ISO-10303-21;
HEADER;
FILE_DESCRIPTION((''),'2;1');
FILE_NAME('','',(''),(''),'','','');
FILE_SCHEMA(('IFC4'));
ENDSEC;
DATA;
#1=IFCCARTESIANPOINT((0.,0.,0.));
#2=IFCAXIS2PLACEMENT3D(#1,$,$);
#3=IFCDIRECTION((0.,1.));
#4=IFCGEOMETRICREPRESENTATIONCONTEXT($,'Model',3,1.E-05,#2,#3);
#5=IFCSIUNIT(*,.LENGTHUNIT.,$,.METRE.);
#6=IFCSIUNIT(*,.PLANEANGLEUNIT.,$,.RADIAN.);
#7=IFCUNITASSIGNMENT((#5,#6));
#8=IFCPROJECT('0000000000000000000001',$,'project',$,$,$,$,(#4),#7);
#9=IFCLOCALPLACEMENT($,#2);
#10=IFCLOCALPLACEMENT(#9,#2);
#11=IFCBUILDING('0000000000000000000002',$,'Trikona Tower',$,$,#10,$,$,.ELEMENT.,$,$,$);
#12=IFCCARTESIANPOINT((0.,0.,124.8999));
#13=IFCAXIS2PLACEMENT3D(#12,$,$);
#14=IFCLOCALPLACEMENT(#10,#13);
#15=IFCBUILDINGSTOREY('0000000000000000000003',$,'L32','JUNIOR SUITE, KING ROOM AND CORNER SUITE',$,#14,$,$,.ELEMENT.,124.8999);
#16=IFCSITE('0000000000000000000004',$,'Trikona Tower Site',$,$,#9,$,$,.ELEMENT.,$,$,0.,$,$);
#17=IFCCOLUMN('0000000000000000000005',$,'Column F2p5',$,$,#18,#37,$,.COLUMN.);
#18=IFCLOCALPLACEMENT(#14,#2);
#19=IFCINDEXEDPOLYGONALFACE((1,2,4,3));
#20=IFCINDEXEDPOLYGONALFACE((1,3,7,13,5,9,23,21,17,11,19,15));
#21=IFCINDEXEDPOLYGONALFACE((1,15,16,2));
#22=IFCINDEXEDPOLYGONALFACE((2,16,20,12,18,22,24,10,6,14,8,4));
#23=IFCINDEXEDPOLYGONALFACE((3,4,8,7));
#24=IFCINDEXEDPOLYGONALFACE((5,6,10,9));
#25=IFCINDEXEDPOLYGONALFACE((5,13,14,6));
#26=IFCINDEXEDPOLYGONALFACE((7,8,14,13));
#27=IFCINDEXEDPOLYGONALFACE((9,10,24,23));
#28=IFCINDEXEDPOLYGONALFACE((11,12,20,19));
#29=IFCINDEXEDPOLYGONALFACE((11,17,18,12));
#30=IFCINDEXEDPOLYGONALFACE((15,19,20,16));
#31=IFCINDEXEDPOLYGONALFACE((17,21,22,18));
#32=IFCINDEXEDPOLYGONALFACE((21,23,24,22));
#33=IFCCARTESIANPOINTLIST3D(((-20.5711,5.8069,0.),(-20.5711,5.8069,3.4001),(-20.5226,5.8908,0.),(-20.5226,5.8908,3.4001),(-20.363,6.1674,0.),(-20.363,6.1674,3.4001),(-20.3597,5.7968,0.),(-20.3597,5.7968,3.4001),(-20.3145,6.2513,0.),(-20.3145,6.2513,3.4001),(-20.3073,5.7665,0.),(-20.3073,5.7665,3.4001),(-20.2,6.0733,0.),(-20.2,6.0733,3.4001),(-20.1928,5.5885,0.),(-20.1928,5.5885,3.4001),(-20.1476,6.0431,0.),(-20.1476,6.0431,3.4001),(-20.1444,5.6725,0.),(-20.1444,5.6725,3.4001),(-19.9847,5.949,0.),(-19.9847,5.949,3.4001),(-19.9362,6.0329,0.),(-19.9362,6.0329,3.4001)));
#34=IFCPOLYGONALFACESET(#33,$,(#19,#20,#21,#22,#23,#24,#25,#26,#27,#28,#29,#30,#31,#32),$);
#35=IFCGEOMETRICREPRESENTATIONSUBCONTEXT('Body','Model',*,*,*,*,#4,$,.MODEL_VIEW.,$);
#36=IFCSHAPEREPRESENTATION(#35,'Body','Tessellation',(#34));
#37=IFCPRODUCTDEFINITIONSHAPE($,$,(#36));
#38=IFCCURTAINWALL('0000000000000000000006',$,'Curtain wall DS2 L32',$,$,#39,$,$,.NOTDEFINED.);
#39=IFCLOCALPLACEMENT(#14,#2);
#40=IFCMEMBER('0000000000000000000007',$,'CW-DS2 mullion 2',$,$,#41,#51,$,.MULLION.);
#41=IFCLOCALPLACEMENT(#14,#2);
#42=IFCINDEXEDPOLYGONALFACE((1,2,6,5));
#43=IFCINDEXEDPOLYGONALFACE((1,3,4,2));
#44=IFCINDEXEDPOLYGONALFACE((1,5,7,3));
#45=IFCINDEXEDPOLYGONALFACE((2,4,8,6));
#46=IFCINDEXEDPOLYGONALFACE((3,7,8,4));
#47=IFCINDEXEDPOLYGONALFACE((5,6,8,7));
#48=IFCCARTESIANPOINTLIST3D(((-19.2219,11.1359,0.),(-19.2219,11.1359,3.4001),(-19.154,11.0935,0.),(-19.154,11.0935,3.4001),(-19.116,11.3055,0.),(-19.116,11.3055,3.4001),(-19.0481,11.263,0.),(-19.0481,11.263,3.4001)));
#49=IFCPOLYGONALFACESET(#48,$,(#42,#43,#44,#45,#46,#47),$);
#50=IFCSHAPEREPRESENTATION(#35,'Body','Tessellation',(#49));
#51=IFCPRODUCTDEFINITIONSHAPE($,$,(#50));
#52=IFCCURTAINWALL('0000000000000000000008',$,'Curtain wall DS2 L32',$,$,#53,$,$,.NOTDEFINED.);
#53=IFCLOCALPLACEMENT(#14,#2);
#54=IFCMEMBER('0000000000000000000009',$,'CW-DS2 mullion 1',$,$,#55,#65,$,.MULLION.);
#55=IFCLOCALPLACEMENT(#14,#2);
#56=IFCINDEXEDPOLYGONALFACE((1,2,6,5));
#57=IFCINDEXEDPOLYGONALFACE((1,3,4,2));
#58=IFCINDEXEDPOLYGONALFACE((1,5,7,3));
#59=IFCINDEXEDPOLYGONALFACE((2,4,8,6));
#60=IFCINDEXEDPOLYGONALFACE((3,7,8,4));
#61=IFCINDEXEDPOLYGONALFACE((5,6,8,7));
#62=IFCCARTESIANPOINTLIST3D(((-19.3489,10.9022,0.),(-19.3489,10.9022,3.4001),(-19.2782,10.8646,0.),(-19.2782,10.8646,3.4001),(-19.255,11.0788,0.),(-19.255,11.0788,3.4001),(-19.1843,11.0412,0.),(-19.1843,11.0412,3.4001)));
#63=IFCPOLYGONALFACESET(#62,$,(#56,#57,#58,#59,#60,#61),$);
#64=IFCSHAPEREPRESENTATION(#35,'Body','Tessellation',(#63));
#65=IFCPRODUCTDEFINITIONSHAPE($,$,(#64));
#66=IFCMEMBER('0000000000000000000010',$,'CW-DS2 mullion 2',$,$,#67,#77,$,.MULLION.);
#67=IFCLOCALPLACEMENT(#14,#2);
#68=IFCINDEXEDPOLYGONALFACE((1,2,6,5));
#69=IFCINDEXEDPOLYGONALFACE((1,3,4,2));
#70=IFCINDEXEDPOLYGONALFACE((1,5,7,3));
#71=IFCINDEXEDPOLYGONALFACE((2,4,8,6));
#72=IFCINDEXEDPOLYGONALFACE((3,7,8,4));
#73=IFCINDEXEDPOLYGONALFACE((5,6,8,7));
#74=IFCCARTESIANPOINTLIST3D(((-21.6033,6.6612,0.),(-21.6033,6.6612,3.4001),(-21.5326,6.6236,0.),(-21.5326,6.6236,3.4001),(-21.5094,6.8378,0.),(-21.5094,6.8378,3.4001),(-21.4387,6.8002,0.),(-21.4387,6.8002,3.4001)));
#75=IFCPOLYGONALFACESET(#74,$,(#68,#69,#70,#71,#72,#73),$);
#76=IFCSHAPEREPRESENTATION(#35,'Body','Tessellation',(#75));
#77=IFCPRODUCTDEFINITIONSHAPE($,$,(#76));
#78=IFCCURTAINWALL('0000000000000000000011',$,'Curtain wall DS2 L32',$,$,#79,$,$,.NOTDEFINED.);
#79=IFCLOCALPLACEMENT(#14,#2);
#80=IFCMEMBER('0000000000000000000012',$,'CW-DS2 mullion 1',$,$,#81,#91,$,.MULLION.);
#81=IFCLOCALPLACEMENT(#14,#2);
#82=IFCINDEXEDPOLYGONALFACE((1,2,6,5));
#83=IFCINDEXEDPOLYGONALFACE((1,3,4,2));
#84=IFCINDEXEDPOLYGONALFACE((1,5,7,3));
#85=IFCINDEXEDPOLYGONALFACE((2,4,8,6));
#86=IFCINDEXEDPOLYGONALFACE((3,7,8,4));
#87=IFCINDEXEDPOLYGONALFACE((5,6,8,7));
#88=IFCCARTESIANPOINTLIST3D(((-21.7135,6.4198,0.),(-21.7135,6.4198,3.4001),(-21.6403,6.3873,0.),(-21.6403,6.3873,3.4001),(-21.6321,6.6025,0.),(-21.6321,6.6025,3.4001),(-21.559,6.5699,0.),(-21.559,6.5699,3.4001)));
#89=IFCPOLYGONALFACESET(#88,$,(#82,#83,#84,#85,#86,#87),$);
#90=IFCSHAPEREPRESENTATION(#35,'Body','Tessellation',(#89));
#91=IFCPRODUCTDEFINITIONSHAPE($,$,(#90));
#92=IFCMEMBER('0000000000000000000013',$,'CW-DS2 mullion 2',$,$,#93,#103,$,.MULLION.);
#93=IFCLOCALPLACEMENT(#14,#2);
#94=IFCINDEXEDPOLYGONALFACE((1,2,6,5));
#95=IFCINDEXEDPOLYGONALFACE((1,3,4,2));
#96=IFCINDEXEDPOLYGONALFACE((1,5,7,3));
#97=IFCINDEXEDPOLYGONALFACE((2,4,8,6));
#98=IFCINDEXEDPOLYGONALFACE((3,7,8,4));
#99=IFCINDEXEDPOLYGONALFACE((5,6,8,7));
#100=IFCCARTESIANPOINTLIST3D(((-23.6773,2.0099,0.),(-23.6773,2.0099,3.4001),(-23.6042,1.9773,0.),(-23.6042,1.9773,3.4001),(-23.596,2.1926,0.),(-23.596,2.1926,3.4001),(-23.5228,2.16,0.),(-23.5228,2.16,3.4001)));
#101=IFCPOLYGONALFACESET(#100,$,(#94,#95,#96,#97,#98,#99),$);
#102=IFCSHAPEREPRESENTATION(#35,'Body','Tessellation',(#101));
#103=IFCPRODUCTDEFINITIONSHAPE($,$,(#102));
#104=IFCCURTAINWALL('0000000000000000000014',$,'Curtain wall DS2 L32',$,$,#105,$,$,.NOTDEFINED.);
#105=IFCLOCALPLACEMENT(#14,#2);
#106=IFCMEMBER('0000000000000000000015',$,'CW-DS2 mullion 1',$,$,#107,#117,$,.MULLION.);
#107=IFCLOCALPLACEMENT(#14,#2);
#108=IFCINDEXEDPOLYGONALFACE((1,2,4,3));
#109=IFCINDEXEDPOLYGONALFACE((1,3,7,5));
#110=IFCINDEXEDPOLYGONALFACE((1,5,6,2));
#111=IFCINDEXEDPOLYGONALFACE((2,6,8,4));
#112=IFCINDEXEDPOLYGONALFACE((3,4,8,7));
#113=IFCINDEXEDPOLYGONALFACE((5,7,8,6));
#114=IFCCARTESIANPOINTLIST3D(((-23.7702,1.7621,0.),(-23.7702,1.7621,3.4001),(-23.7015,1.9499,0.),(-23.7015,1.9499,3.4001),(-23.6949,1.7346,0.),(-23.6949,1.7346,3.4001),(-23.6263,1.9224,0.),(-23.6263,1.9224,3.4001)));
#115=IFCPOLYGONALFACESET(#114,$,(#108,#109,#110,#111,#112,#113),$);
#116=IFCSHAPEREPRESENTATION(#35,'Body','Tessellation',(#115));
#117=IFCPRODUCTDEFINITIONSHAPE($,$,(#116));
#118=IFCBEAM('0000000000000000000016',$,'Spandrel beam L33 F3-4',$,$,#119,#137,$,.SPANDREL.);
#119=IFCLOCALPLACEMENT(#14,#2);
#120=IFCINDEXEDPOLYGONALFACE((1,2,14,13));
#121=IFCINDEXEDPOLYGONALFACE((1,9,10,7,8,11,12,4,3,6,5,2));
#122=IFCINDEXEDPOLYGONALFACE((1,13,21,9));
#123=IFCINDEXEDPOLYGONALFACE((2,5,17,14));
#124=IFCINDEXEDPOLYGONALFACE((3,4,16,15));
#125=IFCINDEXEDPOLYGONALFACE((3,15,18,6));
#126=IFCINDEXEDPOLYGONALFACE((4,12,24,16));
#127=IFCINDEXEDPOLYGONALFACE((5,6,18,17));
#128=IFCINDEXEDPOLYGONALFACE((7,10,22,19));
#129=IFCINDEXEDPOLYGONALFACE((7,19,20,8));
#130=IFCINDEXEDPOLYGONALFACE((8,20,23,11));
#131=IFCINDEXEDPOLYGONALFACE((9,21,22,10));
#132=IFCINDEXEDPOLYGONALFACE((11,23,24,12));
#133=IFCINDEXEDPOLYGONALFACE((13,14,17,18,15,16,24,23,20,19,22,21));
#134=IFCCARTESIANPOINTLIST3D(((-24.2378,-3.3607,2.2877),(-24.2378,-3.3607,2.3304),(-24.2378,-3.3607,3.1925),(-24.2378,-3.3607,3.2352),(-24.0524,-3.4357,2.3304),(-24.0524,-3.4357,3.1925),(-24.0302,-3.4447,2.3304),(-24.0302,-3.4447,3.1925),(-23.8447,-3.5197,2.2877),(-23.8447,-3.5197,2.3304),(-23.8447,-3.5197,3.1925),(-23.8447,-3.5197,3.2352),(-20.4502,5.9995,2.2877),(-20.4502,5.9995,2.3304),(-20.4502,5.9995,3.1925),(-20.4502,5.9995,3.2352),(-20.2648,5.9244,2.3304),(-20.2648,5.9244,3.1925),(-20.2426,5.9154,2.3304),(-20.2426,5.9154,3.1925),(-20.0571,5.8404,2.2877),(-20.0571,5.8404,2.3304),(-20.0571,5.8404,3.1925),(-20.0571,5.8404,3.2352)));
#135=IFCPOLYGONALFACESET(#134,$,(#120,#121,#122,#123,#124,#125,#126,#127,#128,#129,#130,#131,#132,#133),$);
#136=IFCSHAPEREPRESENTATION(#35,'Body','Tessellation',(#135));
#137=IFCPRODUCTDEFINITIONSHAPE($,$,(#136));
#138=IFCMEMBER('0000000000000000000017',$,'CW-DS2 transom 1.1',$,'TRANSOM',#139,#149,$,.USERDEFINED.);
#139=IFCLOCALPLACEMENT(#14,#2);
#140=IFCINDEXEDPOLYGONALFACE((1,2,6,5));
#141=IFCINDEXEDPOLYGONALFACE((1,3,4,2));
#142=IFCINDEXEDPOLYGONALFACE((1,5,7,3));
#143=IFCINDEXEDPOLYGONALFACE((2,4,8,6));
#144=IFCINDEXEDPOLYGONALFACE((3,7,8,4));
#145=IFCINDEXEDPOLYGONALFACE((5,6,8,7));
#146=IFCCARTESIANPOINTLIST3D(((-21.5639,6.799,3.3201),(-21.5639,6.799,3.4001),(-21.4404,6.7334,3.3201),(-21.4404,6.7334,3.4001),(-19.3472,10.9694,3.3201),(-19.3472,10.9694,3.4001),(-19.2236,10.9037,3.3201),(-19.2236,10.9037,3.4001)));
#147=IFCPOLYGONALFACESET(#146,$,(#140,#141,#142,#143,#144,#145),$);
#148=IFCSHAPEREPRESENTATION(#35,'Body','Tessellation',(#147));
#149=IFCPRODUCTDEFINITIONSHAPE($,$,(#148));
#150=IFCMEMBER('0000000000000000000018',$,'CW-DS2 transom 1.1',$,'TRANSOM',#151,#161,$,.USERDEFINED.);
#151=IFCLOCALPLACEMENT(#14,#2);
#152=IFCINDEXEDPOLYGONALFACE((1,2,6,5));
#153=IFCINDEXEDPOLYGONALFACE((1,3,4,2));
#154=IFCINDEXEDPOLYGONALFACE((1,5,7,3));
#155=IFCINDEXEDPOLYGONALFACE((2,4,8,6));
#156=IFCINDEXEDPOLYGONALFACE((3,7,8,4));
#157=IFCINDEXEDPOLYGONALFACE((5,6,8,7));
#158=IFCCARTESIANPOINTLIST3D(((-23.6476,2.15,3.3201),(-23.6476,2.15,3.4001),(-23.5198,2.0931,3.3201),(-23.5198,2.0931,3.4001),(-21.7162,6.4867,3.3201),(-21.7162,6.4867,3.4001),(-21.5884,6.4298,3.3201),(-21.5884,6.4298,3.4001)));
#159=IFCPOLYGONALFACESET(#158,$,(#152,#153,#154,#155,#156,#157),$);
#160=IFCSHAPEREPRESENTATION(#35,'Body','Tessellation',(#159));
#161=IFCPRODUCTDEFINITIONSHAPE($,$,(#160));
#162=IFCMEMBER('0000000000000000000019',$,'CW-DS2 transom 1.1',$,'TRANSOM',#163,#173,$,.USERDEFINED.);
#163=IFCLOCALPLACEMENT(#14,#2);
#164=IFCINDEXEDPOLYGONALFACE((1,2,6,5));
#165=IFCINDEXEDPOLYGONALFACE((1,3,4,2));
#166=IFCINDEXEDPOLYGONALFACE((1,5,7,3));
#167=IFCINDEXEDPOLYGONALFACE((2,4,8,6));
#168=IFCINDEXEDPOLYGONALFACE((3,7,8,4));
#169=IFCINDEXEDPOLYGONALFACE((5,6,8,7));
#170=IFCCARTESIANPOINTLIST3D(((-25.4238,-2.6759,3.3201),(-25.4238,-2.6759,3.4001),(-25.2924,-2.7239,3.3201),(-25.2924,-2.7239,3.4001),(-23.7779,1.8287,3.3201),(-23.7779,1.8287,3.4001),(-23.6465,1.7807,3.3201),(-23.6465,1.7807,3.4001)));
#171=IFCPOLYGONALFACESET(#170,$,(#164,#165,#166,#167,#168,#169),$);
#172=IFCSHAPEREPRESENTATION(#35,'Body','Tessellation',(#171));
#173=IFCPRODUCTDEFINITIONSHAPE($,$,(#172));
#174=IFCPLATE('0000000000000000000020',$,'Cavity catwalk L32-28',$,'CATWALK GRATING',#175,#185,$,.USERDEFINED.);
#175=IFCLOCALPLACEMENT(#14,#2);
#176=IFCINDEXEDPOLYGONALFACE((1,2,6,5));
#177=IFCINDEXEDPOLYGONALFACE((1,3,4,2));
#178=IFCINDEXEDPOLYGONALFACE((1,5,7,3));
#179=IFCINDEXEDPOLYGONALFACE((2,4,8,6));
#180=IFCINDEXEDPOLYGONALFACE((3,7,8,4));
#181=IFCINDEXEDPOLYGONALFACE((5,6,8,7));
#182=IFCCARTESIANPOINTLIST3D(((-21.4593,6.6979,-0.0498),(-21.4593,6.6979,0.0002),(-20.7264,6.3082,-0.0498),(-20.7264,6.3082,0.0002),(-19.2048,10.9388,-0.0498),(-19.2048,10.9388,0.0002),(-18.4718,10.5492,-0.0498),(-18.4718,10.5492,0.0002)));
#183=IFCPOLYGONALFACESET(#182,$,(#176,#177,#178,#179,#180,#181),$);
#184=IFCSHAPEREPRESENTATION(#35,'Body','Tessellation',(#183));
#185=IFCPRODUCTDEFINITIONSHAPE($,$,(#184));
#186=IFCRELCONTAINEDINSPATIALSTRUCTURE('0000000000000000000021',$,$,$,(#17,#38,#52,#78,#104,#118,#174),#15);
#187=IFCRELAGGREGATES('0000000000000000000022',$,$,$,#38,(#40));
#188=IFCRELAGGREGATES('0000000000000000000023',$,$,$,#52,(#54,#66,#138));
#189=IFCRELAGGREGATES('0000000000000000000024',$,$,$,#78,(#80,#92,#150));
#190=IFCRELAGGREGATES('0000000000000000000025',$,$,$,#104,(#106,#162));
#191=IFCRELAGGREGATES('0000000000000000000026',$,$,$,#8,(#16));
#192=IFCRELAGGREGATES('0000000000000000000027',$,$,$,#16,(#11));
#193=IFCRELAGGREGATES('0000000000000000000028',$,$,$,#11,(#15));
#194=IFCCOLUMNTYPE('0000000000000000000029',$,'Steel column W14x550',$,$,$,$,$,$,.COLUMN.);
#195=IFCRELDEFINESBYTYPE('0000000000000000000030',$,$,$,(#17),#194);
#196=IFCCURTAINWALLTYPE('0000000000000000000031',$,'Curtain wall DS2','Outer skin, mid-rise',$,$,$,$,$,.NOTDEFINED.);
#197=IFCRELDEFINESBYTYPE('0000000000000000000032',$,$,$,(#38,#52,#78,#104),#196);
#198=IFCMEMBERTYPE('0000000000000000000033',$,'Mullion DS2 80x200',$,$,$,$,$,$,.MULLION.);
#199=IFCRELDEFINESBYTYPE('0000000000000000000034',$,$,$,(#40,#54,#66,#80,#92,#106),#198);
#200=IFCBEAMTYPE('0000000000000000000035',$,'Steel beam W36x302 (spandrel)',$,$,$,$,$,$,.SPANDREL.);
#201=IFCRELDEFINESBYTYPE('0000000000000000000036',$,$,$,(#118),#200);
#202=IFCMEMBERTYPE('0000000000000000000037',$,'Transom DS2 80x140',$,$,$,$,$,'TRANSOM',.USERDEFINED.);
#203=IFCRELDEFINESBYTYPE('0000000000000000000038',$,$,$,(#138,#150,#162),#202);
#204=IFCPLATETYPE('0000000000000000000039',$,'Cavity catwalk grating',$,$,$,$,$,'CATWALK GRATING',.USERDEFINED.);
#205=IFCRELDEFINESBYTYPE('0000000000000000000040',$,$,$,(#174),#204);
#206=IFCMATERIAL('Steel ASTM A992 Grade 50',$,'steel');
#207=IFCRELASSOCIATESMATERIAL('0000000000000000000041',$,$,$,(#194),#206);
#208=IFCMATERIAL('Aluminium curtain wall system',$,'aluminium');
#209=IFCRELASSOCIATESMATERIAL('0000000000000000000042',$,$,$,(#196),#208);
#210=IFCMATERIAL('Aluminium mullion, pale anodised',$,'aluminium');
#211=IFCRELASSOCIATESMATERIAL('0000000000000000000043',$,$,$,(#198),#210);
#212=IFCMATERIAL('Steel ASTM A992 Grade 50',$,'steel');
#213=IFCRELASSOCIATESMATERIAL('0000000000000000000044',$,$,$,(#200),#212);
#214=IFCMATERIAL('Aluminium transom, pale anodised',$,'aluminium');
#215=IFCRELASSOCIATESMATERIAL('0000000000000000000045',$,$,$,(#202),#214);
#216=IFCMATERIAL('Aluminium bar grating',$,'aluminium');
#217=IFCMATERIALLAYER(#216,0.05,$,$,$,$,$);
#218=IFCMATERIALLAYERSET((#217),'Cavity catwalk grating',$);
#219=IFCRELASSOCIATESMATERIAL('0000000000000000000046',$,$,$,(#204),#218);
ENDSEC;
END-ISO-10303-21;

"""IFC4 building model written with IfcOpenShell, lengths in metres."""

from ifc_helpers import new_model, si_unit, direction, frame, origin, origin_2d, place, context, subcontext, project, spatial, rectangle, i_section, extrude, material, layer, layer_set, material_profile, profile_set, type_object, element, aggregate, save


model = new_model("IFC4")

# Units and contexts
model_context = context("Model", 3, precision=1e-05, world=origin(), true_north=direction((0.0, 1.0)))
body_context = subcontext(model_context, "Body", "Model", "MODEL_VIEW")
ifc_project = project(units=[si_unit("LENGTHUNIT", "METRE"), si_unit("PLANEANGLEUNIT", "RADIAN")], contexts=[model_context])

# Site, building, storey
site_placement = place(None, origin())
site = spatial("IfcSite", under=ifc_project, at=site_placement, Name="Trikona Tower Site", CompositionType="ELEMENT", RefElevation=0.0)
building_placement = place(site_placement, origin())
building = spatial("IfcBuilding", under=site, at=building_placement, Name="Trikona Tower", CompositionType="ELEMENT")
storey_placement = place(building_placement, frame((0.0, 0.0, 124.8999)))
storey = spatial("IfcBuildingStorey", under=building, at=storey_placement, Name="L32", Description="JUNIOR SUITE, KING ROOM AND CORNER SUITE", CompositionType="ELEMENT", Elevation=124.8999)

# Column
ifc_material_1 = material(Name="Steel ASTM A992 Grade 50", Category="steel")
ifc_material_profile_1 = material_profile(ifc_material_1, i_section(OverallWidth=0.4368, OverallDepth=0.5132, WebThickness=0.0605, FlangeThickness=0.0969, at=origin_2d()), Name="W14X550")
ifc_profile_set_1 = profile_set([ifc_material_profile_1], Name="Steel ASTM A992 Grade 50")
column_type = type_object("IfcColumnType", Name="Steel column W14x550", PredefinedType="COLUMN", material=ifc_profile_set_1)
column_placement = place(storey_placement, frame((-20.2537, 5.9199, 0.0), z_axis=(0.0, 0.0, 1.0), x_axis=(-0.866025, 0.5, 0.0)))
element("IfcColumn", 1, at=column_placement, inside=storey, type_object=column_type, Name="Column F2p5", PredefinedType="COLUMN", context=body_context, shape_type="SweptSolid", body=[
    extrude(i_section(OverallWidth=0.4368, OverallDepth=0.5132, WebThickness=0.0605, FlangeThickness=0.0969, at=origin_2d()), origin(), (0.0, 0.0, 1.0), 3.4001),
])

# Curtain wall, member
ifc_material_2 = material(Name="Aluminium curtain wall system", Category="aluminium")
curtain_wall_type = type_object("IfcCurtainWallType", Name="Curtain wall DS2", Description="Outer skin, mid-rise", PredefinedType="NOTDEFINED", material=ifc_material_2)
curtain_wall_1_placement = place(storey_placement, origin())
curtain_wall_1 = element("IfcCurtainWall", 2, at=curtain_wall_1_placement, inside=storey, type_object=curtain_wall_type, Name="Curtain wall DS2 L32", PredefinedType="NOTDEFINED")
ifc_material_3 = material(Name="Aluminium mullion, pale anodised", Category="aluminium")
ifc_material_profile_2 = material_profile(ifc_material_3, rectangle(XDim=0.0801, YDim=0.2, at=origin_2d()), Name="MUL-DS2")
ifc_profile_set_2 = profile_set([ifc_material_profile_2], Name="Aluminium mullion, pale anodised")
member_type_1 = type_object("IfcMemberType", Name="Mullion DS2 80x200", PredefinedType="MULLION", material=ifc_profile_set_2)
member_1_placement = place(storey_placement, frame((-19.135, 11.1995, 0.0), z_axis=(0.0, 0.0, 1.0), x_axis=(0.847998, -0.529999, 0.0)))
member_1 = element("IfcMember", 3, at=member_1_placement, type_object=member_type_1, Name="CW-DS2 mullion 2", PredefinedType="MULLION", context=body_context, shape_type="SweptSolid", body=[
    extrude(rectangle(XDim=0.0801, YDim=0.2, at=origin_2d()), origin(), (0.0, 0.0, 1.0), 3.4001),
])
aggregate(curtain_wall_1, [member_1])

# Curtain walls, members
curtain_wall_2_placement = place(storey_placement, origin())
curtain_wall_2 = element("IfcCurtainWall", 4, at=curtain_wall_2_placement, inside=storey, type_object=curtain_wall_type, Name="Curtain wall DS2 L32", PredefinedType="NOTDEFINED")
member_2_placement = place(storey_placement, frame((-19.2666, 10.9717, 0.0), z_axis=(0.0, 0.0, 1.0), x_axis=(0.882996, -0.46938, 0.0)))
member_2 = element("IfcMember", 5, at=member_2_placement, type_object=member_type_1, Name="CW-DS2 mullion 1", PredefinedType="MULLION", context=body_context, shape_type="SweptSolid", body=[
    extrude(rectangle(XDim=0.0801, YDim=0.2, at=origin_2d()), origin(), (0.0, 0.0, 1.0), 3.4001),
])
member_3_placement = place(storey_placement, frame((-21.521, 6.7307, 0.0), z_axis=(0.0, 0.0, 1.0), x_axis=(0.882996, -0.46938, 0.0)))
member_3 = element("IfcMember", 6, at=member_3_placement, type_object=member_type_1, Name="CW-DS2 mullion 2", PredefinedType="MULLION", context=body_context, shape_type="SweptSolid", body=[
    extrude(rectangle(XDim=0.0801, YDim=0.2, at=origin_2d()), origin(), (0.0, 0.0, 1.0), 3.4001),
])
curtain_wall_3_placement = place(storey_placement, origin())
curtain_wall_3 = element("IfcCurtainWall", 7, at=curtain_wall_3_placement, inside=storey, type_object=curtain_wall_type, Name="Curtain wall DS2 L32", PredefinedType="NOTDEFINED")
member_4_placement = place(storey_placement, frame((-21.6362, 6.4949, 0.0), z_axis=(0.0, 0.0, 1.0), x_axis=(0.913501, -0.406836, 0.0)))
member_4 = element("IfcMember", 8, at=member_4_placement, type_object=member_type_1, Name="CW-DS2 mullion 1", PredefinedType="MULLION", context=body_context, shape_type="SweptSolid", body=[
    extrude(rectangle(XDim=0.0801, YDim=0.2, at=origin_2d()), origin(), (0.0, 0.0, 1.0), 3.4001),
])
member_5_placement = place(storey_placement, frame((-23.6001, 2.085, 0.0), z_axis=(0.0, 0.0, 1.0), x_axis=(0.913501, -0.406836, 0.0)))
member_5 = element("IfcMember", 9, at=member_5_placement, type_object=member_type_1, Name="CW-DS2 mullion 2", PredefinedType="MULLION", context=body_context, shape_type="SweptSolid", body=[
    extrude(rectangle(XDim=0.0801, YDim=0.2, at=origin_2d()), origin(), (0.0, 0.0, 1.0), 3.4001),
])

# Curtain wall, member
curtain_wall_4_placement = place(storey_placement, origin())
curtain_wall_4 = element("IfcCurtainWall", 10, at=curtain_wall_4_placement, inside=storey, type_object=curtain_wall_type, Name="Curtain wall DS2 L32", PredefinedType="NOTDEFINED")
member_6_placement = place(storey_placement, frame((-23.6982, 1.8423, 0.0), z_axis=(0.0, 0.0, 1.0), x_axis=(0.939254, -0.343223, 0.0)))
member_6 = element("IfcMember", 11, at=member_6_placement, type_object=member_type_1, Name="CW-DS2 mullion 1", PredefinedType="MULLION", context=body_context, shape_type="SweptSolid", body=[
    extrude(rectangle(XDim=0.0801, YDim=0.2, at=origin_2d()), origin(), (0.0, 0.0, 1.0), 3.4001),
])

# Beam
ifc_material_4 = material(Name="Steel ASTM A992 Grade 50", Category="steel")
ifc_material_profile_3 = material_profile(ifc_material_4, i_section(OverallWidth=0.4241, OverallDepth=0.9475, WebThickness=0.0239, FlangeThickness=0.0427, at=origin_2d()), Name="W36X302")
ifc_profile_set_3 = profile_set([ifc_material_profile_3], Name="Steel ASTM A992 Grade 50")
beam_type = type_object("IfcBeamType", Name="Steel beam W36x302 (spandrel)", PredefinedType="SPANDREL", material=ifc_profile_set_3)
beam_placement = place(storey_placement, frame((-20.2537, 5.9199, 2.7615), z_axis=(-0.375106, -0.926982, 0.0), x_axis=(0.926982, -0.375106, 0.0)))
element("IfcBeam", 12, at=beam_placement, inside=storey, type_object=beam_type, Name="Spandrel beam L33 F3-4", PredefinedType="SPANDREL", context=body_context, shape_type="SweptSolid", body=[
    extrude(i_section(OverallWidth=0.4241, OverallDepth=0.9475, WebThickness=0.0239, FlangeThickness=0.0427, at=origin_2d()), origin(), (0.0, 0.0, 1.0), 10.0974),
])

# Members
ifc_material_5 = material(Name="Aluminium transom, pale anodised", Category="aluminium")
ifc_material_profile_4 = material_profile(ifc_material_5, rectangle(XDim=0.1399, YDim=0.0801, at=origin_2d()), Name="TRN-DS2")
ifc_profile_set_4 = profile_set([ifc_material_profile_4], Name="Aluminium transom, pale anodised")
member_type_2 = type_object("IfcMemberType", Name="Transom DS2 80x140", ElementType="TRANSOM", PredefinedType="USERDEFINED", material=ifc_profile_set_4)
member_7_placement = place(storey_placement, frame((-19.2854, 10.9365, 3.3601), z_axis=(-0.469364, -0.883005, 0.0), x_axis=(0.883005, -0.469364, 0.0)))
member_7 = element("IfcMember", 13, at=member_7_placement, type_object=member_type_2, Name="CW-DS2 transom 1.1", ObjectType="TRANSOM", PredefinedType="USERDEFINED", context=body_context, shape_type="SweptSolid", body=[
    extrude(rectangle(XDim=0.1399, YDim=0.0801, at=origin_2d()), origin(), (0.0, 0.0, 1.0), 4.7229),
])
member_8_placement = place(storey_placement, frame((-21.6523, 6.4583, 3.3601), z_axis=(-0.40684, -0.9135, 0.0), x_axis=(0.9135, -0.40684, 0.0)))
member_8 = element("IfcMember", 14, at=member_8_placement, type_object=member_type_2, Name="CW-DS2 transom 1.1", ObjectType="TRANSOM", PredefinedType="USERDEFINED", context=body_context, shape_type="SweptSolid", body=[
    extrude(rectangle(XDim=0.1399, YDim=0.0801, at=origin_2d()), origin(), (0.0, 0.0, 1.0), 4.7473),
])
member_9_placement = place(storey_placement, frame((-23.7122, 1.8047, 3.3601), z_axis=(-0.343206, -0.93926, 0.0), x_axis=(0.93926, -0.343206, 0.0)))
member_9 = element("IfcMember", 15, at=member_9_placement, type_object=member_type_2, Name="CW-DS2 transom 1.1", ObjectType="TRANSOM", PredefinedType="USERDEFINED", context=body_context, shape_type="SweptSolid", body=[
    extrude(rectangle(XDim=0.1399, YDim=0.0801, at=origin_2d()), origin(), (0.0, 0.0, 1.0), 4.7959),
])

# Plate
ifc_material_6 = material(Name="Aluminium bar grating", Category="aluminium")
ifc_layer_1 = layer(ifc_material_6, 0.05)
ifc_layer_set_1 = layer_set([ifc_layer_1], Name="Cavity catwalk grating")
plate_type_1 = type_object("IfcPlateType", Name="Cavity catwalk grating", ElementType="CATWALK GRATING", PredefinedType="USERDEFINED", material=ifc_layer_set_1)
plate_1_placement = place(storey_placement, frame((-19.9656, 8.6235, -0.0498), z_axis=(0.0, 0.0, 1.0), x_axis=(-0.469398, -0.882987, 0.0)))
element("IfcPlate", 16, at=plate_1_placement, inside=storey, type_object=plate_type_1, Name="Cavity catwalk L32-28", ObjectType="CATWALK GRATING", PredefinedType="USERDEFINED", context=body_context, shape_type="SweptSolid", body=[
    extrude(rectangle(XDim=4.803, YDim=0.8301, at=origin_2d()), origin(), (0.0, 0.0, 1.0), 0.05),
])

aggregate(curtain_wall_2, [member_2, member_3, member_7])
aggregate(curtain_wall_3, [member_4, member_5, member_8])
aggregate(curtain_wall_4, [member_6, member_9])

save(model, "model.ifc")
